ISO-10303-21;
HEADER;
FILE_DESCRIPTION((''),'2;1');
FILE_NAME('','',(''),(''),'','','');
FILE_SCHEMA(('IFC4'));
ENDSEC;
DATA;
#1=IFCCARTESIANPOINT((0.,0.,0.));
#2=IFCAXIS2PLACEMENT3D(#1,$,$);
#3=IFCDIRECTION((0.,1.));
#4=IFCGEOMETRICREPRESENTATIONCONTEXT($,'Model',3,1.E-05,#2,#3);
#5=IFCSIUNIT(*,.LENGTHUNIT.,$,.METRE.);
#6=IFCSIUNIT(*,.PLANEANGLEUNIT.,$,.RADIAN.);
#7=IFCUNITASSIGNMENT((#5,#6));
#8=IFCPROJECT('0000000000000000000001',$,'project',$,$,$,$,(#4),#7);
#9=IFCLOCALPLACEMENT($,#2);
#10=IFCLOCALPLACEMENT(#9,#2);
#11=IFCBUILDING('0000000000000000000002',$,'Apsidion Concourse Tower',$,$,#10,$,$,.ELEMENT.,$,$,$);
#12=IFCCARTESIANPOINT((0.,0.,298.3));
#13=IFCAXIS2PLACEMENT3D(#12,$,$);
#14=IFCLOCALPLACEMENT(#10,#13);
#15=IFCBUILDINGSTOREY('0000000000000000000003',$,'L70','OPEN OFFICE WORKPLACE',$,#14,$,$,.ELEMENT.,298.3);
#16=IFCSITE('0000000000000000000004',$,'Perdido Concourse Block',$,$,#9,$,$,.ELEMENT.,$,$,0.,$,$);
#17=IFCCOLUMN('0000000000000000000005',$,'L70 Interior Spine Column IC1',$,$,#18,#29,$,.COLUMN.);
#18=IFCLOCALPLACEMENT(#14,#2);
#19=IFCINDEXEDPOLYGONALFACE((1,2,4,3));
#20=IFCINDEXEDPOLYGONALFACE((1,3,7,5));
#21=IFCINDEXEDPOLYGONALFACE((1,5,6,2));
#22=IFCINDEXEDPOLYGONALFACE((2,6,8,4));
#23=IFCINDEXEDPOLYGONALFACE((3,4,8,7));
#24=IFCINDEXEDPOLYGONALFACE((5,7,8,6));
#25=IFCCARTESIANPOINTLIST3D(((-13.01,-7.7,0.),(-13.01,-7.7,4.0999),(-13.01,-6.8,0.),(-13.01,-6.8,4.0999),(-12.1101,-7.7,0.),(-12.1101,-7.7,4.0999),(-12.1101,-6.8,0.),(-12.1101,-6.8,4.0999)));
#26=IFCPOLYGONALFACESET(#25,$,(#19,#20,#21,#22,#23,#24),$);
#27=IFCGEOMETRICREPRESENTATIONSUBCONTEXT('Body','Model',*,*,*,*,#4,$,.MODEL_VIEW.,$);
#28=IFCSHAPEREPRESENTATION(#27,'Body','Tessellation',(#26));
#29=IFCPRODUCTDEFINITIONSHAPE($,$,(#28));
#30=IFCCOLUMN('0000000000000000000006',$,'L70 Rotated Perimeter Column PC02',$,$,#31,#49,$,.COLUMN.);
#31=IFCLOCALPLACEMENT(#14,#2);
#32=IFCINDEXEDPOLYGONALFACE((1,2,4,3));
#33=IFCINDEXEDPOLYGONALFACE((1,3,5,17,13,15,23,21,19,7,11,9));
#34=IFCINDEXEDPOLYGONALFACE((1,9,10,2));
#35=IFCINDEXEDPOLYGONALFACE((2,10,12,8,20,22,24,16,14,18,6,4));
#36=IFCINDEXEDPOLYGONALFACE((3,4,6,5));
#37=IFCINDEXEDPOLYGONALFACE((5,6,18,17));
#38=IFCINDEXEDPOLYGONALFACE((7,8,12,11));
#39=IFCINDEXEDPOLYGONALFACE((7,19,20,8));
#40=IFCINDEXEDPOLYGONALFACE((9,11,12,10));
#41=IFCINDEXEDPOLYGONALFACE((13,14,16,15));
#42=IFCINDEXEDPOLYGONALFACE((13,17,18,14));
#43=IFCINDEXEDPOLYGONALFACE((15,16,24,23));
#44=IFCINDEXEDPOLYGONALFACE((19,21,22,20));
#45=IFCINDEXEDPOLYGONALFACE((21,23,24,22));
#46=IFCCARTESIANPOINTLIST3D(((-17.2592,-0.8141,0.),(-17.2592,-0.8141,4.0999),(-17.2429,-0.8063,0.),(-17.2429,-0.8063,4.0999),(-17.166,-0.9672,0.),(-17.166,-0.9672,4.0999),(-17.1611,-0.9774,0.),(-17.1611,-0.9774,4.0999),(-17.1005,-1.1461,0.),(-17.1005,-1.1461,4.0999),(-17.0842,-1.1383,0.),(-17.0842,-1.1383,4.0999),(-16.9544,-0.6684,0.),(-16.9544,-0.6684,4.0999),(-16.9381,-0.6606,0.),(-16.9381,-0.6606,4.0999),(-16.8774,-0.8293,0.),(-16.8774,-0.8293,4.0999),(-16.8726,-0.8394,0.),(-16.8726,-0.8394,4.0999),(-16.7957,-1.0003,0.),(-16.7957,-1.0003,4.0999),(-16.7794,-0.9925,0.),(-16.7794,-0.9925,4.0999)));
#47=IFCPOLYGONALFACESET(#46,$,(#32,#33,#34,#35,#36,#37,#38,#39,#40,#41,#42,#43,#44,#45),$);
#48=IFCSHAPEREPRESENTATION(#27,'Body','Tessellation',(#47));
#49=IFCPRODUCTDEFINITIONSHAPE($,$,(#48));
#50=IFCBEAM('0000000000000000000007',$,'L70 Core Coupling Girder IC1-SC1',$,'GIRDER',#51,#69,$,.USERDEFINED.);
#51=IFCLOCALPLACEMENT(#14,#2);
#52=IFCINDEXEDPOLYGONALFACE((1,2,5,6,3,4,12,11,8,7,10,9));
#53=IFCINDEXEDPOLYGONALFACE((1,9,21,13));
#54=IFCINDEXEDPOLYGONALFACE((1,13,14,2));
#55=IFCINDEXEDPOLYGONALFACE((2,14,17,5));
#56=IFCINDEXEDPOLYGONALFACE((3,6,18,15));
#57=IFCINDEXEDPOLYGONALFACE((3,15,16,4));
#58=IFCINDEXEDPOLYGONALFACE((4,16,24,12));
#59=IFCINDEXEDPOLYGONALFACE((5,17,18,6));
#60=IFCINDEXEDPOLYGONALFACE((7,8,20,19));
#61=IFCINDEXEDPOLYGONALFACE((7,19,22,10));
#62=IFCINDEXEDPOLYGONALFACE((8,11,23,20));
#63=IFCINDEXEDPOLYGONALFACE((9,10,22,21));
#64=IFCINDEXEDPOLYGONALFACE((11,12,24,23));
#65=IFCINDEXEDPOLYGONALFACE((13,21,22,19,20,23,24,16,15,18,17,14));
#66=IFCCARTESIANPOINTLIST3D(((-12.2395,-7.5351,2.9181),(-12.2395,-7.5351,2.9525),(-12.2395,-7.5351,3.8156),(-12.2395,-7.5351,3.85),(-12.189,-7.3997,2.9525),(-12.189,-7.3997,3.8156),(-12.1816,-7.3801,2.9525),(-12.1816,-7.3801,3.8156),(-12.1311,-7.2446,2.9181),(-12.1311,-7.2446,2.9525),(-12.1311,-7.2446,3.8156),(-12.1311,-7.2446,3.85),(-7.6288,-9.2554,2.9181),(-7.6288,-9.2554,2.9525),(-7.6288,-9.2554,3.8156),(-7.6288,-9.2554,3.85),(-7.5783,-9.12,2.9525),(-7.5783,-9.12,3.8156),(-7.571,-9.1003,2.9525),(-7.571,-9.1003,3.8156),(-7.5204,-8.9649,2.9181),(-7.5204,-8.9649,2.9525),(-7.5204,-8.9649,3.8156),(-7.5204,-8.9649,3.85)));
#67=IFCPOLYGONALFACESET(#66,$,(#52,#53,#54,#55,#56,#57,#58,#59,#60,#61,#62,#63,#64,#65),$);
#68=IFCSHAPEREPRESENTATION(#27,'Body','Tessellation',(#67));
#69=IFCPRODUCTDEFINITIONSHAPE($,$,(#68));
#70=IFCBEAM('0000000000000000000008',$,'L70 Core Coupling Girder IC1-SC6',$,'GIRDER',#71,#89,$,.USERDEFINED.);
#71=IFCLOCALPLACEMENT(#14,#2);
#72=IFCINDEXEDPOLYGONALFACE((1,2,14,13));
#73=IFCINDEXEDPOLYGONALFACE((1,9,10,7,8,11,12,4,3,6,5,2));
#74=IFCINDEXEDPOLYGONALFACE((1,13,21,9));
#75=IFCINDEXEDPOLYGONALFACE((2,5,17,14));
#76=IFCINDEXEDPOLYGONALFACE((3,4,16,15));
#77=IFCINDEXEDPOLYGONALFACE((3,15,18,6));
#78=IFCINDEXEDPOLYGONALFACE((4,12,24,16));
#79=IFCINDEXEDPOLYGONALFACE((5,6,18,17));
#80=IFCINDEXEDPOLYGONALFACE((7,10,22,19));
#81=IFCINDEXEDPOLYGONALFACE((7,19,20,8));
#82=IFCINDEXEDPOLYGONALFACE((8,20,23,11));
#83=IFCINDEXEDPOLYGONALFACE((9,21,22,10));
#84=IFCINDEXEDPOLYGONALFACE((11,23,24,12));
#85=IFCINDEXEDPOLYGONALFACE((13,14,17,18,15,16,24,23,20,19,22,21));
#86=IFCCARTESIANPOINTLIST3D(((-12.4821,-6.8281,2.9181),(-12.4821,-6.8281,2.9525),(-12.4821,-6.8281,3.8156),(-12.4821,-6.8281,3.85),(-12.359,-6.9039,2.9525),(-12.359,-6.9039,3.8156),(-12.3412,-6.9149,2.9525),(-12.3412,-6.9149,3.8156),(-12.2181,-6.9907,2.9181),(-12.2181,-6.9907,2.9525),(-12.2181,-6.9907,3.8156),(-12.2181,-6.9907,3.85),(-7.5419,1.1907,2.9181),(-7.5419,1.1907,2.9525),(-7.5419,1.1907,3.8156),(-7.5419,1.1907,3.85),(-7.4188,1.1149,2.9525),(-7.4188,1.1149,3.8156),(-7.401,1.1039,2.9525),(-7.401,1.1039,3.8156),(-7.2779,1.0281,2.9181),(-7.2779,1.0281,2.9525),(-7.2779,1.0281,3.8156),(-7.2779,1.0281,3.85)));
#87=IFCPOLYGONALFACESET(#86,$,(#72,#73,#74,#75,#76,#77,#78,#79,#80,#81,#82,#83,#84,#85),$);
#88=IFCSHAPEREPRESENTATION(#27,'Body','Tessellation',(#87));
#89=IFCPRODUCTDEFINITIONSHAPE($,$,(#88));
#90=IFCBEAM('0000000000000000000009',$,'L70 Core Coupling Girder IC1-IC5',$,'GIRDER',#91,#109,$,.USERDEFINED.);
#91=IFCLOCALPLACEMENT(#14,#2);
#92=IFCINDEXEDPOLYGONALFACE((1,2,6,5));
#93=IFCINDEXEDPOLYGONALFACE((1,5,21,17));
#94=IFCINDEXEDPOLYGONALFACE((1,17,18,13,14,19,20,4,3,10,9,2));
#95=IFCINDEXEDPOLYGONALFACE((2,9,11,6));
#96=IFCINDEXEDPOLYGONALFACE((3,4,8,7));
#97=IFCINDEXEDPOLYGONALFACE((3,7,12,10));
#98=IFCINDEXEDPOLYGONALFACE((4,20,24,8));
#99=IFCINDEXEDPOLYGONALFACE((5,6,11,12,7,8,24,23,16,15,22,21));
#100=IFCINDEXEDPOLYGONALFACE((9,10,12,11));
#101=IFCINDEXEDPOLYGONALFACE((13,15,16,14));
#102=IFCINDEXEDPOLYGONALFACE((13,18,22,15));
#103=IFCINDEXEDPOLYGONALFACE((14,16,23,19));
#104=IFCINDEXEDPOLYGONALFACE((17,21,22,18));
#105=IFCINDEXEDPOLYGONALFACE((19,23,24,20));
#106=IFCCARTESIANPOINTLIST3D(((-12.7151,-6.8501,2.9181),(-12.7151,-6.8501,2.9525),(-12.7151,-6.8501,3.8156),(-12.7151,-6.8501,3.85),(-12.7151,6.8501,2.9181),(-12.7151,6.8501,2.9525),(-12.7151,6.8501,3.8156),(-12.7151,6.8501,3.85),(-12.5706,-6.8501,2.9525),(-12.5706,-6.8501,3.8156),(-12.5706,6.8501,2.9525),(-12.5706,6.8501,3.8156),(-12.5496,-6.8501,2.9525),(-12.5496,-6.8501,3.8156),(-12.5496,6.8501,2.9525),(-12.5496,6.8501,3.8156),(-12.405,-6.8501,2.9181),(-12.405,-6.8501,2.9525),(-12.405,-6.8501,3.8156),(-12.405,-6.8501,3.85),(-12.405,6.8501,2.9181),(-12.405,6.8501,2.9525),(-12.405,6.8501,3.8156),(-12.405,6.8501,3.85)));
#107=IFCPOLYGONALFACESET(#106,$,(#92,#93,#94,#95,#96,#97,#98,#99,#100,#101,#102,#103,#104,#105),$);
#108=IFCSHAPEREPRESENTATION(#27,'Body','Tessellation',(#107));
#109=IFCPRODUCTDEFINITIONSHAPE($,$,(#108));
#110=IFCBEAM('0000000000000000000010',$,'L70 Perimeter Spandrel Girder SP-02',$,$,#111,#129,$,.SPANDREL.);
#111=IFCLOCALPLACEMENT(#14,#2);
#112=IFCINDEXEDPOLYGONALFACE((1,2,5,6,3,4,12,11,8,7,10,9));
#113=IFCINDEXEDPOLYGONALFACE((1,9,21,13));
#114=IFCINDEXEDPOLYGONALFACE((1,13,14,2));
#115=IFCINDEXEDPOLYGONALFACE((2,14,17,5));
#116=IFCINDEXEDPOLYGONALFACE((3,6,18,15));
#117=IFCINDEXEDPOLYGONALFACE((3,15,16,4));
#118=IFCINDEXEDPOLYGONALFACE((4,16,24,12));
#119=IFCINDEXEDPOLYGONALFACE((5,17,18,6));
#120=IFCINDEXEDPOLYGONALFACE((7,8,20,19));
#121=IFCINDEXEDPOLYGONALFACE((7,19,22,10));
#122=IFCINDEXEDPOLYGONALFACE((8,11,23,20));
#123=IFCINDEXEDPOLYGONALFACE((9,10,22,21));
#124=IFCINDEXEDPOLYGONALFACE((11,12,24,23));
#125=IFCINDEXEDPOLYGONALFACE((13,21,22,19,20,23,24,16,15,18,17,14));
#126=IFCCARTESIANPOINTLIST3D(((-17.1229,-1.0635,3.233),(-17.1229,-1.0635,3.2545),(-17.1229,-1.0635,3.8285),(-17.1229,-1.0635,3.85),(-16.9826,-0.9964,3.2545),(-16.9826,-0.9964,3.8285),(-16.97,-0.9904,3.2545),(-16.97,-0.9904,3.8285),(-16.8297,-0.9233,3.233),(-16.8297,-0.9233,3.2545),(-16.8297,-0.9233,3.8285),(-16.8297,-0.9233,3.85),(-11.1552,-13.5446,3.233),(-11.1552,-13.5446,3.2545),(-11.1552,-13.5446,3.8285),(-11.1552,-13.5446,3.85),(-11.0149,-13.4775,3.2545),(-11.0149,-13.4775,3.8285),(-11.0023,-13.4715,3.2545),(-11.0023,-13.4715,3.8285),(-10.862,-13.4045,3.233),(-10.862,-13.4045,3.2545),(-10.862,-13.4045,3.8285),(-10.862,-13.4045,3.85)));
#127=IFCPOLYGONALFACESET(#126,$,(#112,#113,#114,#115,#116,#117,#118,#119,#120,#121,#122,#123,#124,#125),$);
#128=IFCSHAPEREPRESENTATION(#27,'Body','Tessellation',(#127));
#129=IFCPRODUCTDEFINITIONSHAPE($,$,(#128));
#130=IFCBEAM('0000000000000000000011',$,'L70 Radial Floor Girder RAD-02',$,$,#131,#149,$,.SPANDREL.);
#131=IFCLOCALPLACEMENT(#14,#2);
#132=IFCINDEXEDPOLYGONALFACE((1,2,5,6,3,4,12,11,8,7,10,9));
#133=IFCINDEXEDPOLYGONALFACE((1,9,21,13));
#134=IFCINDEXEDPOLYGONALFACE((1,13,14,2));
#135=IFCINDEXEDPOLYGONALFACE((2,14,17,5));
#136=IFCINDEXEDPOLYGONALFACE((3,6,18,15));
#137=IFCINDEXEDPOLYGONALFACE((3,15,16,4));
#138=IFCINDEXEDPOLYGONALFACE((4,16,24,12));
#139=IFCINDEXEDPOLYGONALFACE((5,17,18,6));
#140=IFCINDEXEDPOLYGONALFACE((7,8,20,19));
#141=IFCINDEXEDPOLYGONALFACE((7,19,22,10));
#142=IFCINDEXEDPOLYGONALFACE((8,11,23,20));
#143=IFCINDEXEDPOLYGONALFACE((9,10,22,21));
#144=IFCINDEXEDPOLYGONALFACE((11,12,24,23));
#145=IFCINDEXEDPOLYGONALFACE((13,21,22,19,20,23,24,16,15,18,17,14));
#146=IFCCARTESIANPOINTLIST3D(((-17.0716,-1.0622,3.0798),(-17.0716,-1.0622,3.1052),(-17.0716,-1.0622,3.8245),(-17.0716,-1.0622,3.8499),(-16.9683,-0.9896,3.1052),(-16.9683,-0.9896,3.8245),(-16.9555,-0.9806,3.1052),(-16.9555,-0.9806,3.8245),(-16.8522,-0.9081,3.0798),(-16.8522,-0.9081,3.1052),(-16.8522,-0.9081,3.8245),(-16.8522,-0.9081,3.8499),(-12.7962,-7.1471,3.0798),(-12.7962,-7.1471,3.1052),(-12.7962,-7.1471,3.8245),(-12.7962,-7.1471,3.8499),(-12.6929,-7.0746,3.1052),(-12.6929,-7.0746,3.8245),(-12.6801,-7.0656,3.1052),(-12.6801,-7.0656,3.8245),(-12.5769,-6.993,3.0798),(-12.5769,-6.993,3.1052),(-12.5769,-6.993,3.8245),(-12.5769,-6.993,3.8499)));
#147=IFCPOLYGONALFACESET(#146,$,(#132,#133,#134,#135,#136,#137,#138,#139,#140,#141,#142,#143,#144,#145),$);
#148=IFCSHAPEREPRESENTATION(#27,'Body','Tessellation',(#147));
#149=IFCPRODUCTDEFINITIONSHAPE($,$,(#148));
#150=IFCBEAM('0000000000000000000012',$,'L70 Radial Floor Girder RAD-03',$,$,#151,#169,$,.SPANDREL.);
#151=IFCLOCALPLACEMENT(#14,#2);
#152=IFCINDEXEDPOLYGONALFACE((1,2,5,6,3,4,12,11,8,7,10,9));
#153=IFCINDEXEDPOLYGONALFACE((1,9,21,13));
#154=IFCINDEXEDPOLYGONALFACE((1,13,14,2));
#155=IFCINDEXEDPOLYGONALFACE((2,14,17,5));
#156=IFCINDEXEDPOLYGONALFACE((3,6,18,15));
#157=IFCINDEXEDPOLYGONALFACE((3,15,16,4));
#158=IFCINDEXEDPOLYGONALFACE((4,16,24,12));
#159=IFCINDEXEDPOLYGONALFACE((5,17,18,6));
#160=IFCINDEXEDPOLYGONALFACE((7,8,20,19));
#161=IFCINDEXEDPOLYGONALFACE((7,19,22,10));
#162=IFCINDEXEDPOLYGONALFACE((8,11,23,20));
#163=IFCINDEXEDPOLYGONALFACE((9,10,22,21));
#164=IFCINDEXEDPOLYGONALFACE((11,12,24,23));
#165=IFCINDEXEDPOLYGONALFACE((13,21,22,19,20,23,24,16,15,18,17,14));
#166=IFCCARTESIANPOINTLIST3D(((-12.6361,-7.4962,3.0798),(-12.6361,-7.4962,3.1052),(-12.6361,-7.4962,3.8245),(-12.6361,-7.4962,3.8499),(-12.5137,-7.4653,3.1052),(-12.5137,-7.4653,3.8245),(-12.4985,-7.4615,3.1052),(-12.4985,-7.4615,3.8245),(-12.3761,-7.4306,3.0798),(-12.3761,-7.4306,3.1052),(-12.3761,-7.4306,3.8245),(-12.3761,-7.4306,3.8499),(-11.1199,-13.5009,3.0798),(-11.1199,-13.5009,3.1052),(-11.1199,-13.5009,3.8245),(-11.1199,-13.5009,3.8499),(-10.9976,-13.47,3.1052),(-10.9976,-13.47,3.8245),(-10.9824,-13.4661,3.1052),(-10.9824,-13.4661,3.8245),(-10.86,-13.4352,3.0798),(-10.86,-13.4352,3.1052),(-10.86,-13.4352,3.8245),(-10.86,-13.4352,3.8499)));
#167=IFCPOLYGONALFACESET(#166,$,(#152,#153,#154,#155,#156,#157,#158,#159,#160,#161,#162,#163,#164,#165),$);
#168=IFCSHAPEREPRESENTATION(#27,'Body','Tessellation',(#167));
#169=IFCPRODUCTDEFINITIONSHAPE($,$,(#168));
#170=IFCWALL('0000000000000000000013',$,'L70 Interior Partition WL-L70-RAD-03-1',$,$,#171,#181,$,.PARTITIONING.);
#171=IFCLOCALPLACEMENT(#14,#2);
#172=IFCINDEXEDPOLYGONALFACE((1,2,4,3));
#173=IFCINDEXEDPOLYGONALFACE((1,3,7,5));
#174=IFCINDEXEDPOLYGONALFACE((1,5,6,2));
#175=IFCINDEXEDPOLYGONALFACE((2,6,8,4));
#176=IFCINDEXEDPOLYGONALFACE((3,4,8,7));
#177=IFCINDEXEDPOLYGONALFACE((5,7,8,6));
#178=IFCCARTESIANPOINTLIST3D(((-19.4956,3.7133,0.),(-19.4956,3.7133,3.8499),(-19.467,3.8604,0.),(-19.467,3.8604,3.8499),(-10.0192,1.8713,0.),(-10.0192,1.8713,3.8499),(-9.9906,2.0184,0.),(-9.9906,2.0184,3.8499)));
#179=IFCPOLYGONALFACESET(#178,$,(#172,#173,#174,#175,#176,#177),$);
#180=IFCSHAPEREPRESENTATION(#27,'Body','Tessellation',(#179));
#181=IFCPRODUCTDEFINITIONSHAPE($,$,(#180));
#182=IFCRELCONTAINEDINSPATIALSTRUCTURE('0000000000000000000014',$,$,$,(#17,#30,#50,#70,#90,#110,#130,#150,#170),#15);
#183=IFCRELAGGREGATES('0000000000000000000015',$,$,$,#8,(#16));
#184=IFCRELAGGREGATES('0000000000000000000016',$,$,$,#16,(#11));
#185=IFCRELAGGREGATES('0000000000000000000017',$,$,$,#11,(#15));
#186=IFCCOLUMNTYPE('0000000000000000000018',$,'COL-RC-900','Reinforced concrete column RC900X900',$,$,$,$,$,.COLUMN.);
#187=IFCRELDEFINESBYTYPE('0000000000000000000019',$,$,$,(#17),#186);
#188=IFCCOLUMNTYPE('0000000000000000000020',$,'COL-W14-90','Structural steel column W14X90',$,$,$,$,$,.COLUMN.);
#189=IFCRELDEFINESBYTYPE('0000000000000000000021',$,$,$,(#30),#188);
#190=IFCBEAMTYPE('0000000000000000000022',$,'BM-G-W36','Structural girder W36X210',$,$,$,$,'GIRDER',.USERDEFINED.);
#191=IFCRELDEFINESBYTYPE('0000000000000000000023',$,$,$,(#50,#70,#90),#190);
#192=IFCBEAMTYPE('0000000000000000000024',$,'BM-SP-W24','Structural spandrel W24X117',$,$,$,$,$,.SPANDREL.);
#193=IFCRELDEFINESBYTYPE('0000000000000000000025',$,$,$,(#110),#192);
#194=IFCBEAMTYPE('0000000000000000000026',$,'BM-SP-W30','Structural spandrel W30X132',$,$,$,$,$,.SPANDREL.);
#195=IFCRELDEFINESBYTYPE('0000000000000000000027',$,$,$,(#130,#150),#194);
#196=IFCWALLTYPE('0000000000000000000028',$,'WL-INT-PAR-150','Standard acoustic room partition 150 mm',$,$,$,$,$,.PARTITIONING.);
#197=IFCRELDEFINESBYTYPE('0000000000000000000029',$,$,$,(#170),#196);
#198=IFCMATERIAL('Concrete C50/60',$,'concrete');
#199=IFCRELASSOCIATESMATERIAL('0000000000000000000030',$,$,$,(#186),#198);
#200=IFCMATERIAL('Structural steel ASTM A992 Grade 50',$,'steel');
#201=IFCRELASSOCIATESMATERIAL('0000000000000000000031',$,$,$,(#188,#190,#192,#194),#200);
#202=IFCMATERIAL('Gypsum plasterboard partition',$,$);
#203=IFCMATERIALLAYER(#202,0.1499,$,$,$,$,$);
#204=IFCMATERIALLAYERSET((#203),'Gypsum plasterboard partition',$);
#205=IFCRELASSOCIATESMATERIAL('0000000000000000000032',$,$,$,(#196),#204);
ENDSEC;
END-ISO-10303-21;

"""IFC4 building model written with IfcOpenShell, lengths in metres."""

from ifc_helpers import new_model, si_unit, direction, frame, frame_2d, origin, origin_2d, place, context, subcontext, project, spatial, rectangle, i_section, extrude, material, layer, layer_set, material_profile, profile_set, type_object, element, save


model = new_model("IFC4")

# Units and contexts
model_context = context("Model", 3, precision=1e-05, world=origin(), true_north=direction((0.0, 1.0)))
body_context = subcontext(model_context, "Body", "Model", "MODEL_VIEW")
ifc_project = project(units=[si_unit("LENGTHUNIT", "METRE"), si_unit("PLANEANGLEUNIT", "RADIAN")], contexts=[model_context])

# Site, building, storey
site_placement = place(None, origin())
site = spatial("IfcSite", under=ifc_project, at=site_placement, Name="Perdido Concourse Block", CompositionType="ELEMENT", RefElevation=0.0)
building_placement = place(site_placement, origin())
building = spatial("IfcBuilding", under=site, at=building_placement, Name="Apsidion Concourse Tower", CompositionType="ELEMENT")
storey_placement = place(building_placement, frame((0.0, 0.0, 298.3)))
storey = spatial("IfcBuildingStorey", under=building, at=storey_placement, Name="L70", Description="OPEN OFFICE WORKPLACE", CompositionType="ELEMENT", Elevation=298.3)

# Columns
ifc_material_1 = material(Name="Concrete C50/60", Category="concrete")
ifc_material_profile_1 = material_profile(ifc_material_1, rectangle(XDim=0.8999, YDim=0.8999, at=origin_2d()), Name="RC 900x900")
ifc_profile_set_1 = profile_set([ifc_material_profile_1], Name="Concrete C50/60")
column_type_1 = type_object("IfcColumnType", Name="COL-RC-900", Description="Reinforced concrete column RC900X900", PredefinedType="COLUMN", material=ifc_profile_set_1)
column_1_placement = place(storey_placement, frame((-12.5601, -7.25, 0.0), z_axis=(0.0, 0.0, 1.0), x_axis=(1.0, 0.0, 0.0)))
element("IfcColumn", 1, at=column_1_placement, inside=storey, type_object=column_type_1, Name="L70 Interior Spine Column IC1", PredefinedType="COLUMN", context=body_context, shape_type="SweptSolid", body=[
    extrude(rectangle(XDim=0.8999, YDim=0.8999, at=origin_2d()), origin(), (0.0, 0.0, 1.0), 4.0999),
])
ifc_material_2 = material(Name="Structural steel ASTM A992 Grade 50", Category="steel")
ifc_material_profile_2 = material_profile(ifc_material_2, i_section(OverallWidth=0.3679, OverallDepth=0.356, WebThickness=0.0112, FlangeThickness=0.0181, at=origin_2d()), Name="W14X90")
ifc_profile_set_2 = profile_set([ifc_material_profile_2], Name="Structural steel ASTM A992 Grade 50")
column_type_2 = type_object("IfcColumnType", Name="COL-W14-90", Description="Structural steel column W14X90", PredefinedType="COLUMN", material=ifc_profile_set_2)
column_2_placement = place(storey_placement, frame((-17.0193, -0.9033, 0.0), z_axis=(0.0, 0.0, 1.0), x_axis=(-0.431299, 0.902209, 0.0)))
element("IfcColumn", 2, at=column_2_placement, inside=storey, type_object=column_type_2, Name="L70 Rotated Perimeter Column PC02", PredefinedType="COLUMN", context=body_context, shape_type="SweptSolid", body=[
    extrude(i_section(OverallWidth=0.3679, OverallDepth=0.356, WebThickness=0.0112, FlangeThickness=0.0181, at=origin_2d()), origin(), (0.0, 0.0, 1.0), 4.0999),
])

# Beams
ifc_material_profile_3 = material_profile(ifc_material_2, i_section(OverallWidth=0.3101, OverallDepth=0.9319, WebThickness=0.021, FlangeThickness=0.0344, at=origin_2d()), Name="W36X210")
ifc_profile_set_3 = profile_set([ifc_material_profile_3], Name="Structural steel ASTM A992 Grade 50")
beam_type_1 = type_object("IfcBeamType", Name="BM-G-W36", Description="Structural girder W36X210", ElementType="GIRDER", PredefinedType="USERDEFINED", material=ifc_profile_set_3)
beam_1_placement = place(storey_placement, frame((-12.1853, -7.3899, 3.384), z_axis=(0.936913, -0.349563, 0.0), x_axis=(0.349563, 0.936913, 0.0)))
element("IfcBeam", 3, at=beam_1_placement, inside=storey, type_object=beam_type_1, Name="L70 Core Coupling Girder IC1-SC1", ObjectType="GIRDER", PredefinedType="USERDEFINED", context=body_context, shape_type="SweptSolid", body=[
    extrude(i_section(OverallWidth=0.3101, OverallDepth=0.9319, WebThickness=0.021, FlangeThickness=0.0344, at=origin_2d()), origin(), (0.0, 0.0, 1.0), 4.9211),
])
beam_2_placement = place(storey_placement, frame((-12.3501, -6.9094, 3.384), z_axis=(0.524524, 0.851396, 0.0), x_axis=(-0.851396, 0.524524, 0.0)))
element("IfcBeam", 4, at=beam_2_placement, inside=storey, type_object=beam_type_1, Name="L70 Core Coupling Girder IC1-SC6", ObjectType="GIRDER", PredefinedType="USERDEFINED", context=body_context, shape_type="SweptSolid", body=[
    extrude(i_section(OverallWidth=0.3101, OverallDepth=0.9319, WebThickness=0.021, FlangeThickness=0.0344, at=origin_2d()), origin(), (0.0, 0.0, 1.0), 9.4185),
])
beam_3_placement = place(storey_placement, frame((-12.5601, -6.8501, 3.384), z_axis=(0.0, 1.0, 0.0), x_axis=(-1.0, 0.0, 0.0)))
element("IfcBeam", 5, at=beam_3_placement, inside=storey, type_object=beam_type_1, Name="L70 Core Coupling Girder IC1-IC5", ObjectType="GIRDER", PredefinedType="USERDEFINED", context=body_context, shape_type="SweptSolid", body=[
    extrude(i_section(OverallWidth=0.3101, OverallDepth=0.9319, WebThickness=0.021, FlangeThickness=0.0344, at=origin_2d()), origin(), (0.0, 0.0, 1.0), 13.7002),
])
ifc_material_profile_4 = material_profile(ifc_material_2, i_section(OverallWidth=0.325, OverallDepth=0.6169, WebThickness=0.0139, FlangeThickness=0.0215, at=origin_2d()), Name="W24X117")
ifc_profile_set_4 = profile_set([ifc_material_profile_4], Name="Structural steel ASTM A992 Grade 50")
beam_type_2 = type_object("IfcBeamType", Name="BM-SP-W24", Description="Structural spandrel W24X117", PredefinedType="SPANDREL", material=ifc_profile_set_4)
beam_4_placement = place(storey_placement, frame((-16.9763, -0.9934, 3.5415), z_axis=(0.431367, -0.902176, 0.0), x_axis=(0.902176, 0.431367, 0.0)))
element("IfcBeam", 6, at=beam_4_placement, inside=storey, type_object=beam_type_2, Name="L70 Perimeter Spandrel Girder SP-02", PredefinedType="SPANDREL", context=body_context, shape_type="SweptSolid", body=[
    extrude(i_section(OverallWidth=0.325, OverallDepth=0.6169, WebThickness=0.0139, FlangeThickness=0.0215, at=origin_2d()), origin(), (0.0, 0.0, 1.0), 13.8345),
])
ifc_material_profile_5 = material_profile(ifc_material_2, i_section(OverallWidth=0.2681, OverallDepth=0.77, WebThickness=0.0156, FlangeThickness=0.0254, at=origin_2d()), Name="W30X132")
ifc_profile_set_5 = profile_set([ifc_material_profile_5], Name="Structural steel ASTM A992 Grade 50")
beam_type_3 = type_object("IfcBeamType", Name="BM-SP-W30", Description="Structural spandrel W30X132", PredefinedType="SPANDREL", material=ifc_profile_set_5)
beam_5_placement = place(storey_placement, frame((-12.6865, -7.0701, 3.4648), z_axis=(-0.574898, 0.818225, 0.0), x_axis=(-0.818225, -0.574898, 0.0)))
element("IfcBeam", 7, at=beam_5_placement, inside=storey, type_object=beam_type_3, Name="L70 Radial Floor Girder RAD-02", PredefinedType="SPANDREL", context=body_context, shape_type="SweptSolid", body=[
    extrude(i_section(OverallWidth=0.2681, OverallDepth=0.77, WebThickness=0.0156, FlangeThickness=0.0254, at=origin_2d()), origin(), (0.0, 0.0, 1.0), 7.4368),
])
beam_6_placement = place(storey_placement, frame((-12.5061, -7.4634, 3.4648), z_axis=(0.244807, -0.969572, 0.0), x_axis=(0.969572, 0.244807, 0.0)))
element("IfcBeam", 8, at=beam_6_placement, inside=storey, type_object=beam_type_3, Name="L70 Radial Floor Girder RAD-03", PredefinedType="SPANDREL", context=body_context, shape_type="SweptSolid", body=[
    extrude(i_section(OverallWidth=0.2681, OverallDepth=0.77, WebThickness=0.0156, FlangeThickness=0.0254, at=origin_2d()), origin(), (0.0, 0.0, 1.0), 6.1931),
])

# Wall
ifc_material_3 = material(Name="Gypsum plasterboard partition")
ifc_layer_1 = layer(ifc_material_3, 0.1499)
ifc_layer_set_1 = layer_set([ifc_layer_1], Name="Gypsum plasterboard partition")
wall_type_1 = type_object("IfcWallType", Name="WL-INT-PAR-150", Description="Standard acoustic room partition 150 mm", PredefinedType="PARTITIONING", material=ifc_layer_set_1)
wall_1_placement = place(storey_placement, frame((-10.0049, 1.9448, 0.0), z_axis=(0.0, 0.0, 1.0), x_axis=(-0.981627, 0.190807, 0.0)))
element("IfcWall", 9, at=wall_1_placement, inside=storey, type_object=wall_type_1, Name="L70 Interior Partition WL-L70-RAD-03-1", PredefinedType="PARTITIONING", context=body_context, shape_type="SweptSolid", body=[
    extrude(rectangle(XDim=9.6538, YDim=0.1499, at=frame_2d((4.8269, 0.0))), origin(), (0.0, 0.0, 1.0), 3.8499),
])

save(model, "model.ifc")
